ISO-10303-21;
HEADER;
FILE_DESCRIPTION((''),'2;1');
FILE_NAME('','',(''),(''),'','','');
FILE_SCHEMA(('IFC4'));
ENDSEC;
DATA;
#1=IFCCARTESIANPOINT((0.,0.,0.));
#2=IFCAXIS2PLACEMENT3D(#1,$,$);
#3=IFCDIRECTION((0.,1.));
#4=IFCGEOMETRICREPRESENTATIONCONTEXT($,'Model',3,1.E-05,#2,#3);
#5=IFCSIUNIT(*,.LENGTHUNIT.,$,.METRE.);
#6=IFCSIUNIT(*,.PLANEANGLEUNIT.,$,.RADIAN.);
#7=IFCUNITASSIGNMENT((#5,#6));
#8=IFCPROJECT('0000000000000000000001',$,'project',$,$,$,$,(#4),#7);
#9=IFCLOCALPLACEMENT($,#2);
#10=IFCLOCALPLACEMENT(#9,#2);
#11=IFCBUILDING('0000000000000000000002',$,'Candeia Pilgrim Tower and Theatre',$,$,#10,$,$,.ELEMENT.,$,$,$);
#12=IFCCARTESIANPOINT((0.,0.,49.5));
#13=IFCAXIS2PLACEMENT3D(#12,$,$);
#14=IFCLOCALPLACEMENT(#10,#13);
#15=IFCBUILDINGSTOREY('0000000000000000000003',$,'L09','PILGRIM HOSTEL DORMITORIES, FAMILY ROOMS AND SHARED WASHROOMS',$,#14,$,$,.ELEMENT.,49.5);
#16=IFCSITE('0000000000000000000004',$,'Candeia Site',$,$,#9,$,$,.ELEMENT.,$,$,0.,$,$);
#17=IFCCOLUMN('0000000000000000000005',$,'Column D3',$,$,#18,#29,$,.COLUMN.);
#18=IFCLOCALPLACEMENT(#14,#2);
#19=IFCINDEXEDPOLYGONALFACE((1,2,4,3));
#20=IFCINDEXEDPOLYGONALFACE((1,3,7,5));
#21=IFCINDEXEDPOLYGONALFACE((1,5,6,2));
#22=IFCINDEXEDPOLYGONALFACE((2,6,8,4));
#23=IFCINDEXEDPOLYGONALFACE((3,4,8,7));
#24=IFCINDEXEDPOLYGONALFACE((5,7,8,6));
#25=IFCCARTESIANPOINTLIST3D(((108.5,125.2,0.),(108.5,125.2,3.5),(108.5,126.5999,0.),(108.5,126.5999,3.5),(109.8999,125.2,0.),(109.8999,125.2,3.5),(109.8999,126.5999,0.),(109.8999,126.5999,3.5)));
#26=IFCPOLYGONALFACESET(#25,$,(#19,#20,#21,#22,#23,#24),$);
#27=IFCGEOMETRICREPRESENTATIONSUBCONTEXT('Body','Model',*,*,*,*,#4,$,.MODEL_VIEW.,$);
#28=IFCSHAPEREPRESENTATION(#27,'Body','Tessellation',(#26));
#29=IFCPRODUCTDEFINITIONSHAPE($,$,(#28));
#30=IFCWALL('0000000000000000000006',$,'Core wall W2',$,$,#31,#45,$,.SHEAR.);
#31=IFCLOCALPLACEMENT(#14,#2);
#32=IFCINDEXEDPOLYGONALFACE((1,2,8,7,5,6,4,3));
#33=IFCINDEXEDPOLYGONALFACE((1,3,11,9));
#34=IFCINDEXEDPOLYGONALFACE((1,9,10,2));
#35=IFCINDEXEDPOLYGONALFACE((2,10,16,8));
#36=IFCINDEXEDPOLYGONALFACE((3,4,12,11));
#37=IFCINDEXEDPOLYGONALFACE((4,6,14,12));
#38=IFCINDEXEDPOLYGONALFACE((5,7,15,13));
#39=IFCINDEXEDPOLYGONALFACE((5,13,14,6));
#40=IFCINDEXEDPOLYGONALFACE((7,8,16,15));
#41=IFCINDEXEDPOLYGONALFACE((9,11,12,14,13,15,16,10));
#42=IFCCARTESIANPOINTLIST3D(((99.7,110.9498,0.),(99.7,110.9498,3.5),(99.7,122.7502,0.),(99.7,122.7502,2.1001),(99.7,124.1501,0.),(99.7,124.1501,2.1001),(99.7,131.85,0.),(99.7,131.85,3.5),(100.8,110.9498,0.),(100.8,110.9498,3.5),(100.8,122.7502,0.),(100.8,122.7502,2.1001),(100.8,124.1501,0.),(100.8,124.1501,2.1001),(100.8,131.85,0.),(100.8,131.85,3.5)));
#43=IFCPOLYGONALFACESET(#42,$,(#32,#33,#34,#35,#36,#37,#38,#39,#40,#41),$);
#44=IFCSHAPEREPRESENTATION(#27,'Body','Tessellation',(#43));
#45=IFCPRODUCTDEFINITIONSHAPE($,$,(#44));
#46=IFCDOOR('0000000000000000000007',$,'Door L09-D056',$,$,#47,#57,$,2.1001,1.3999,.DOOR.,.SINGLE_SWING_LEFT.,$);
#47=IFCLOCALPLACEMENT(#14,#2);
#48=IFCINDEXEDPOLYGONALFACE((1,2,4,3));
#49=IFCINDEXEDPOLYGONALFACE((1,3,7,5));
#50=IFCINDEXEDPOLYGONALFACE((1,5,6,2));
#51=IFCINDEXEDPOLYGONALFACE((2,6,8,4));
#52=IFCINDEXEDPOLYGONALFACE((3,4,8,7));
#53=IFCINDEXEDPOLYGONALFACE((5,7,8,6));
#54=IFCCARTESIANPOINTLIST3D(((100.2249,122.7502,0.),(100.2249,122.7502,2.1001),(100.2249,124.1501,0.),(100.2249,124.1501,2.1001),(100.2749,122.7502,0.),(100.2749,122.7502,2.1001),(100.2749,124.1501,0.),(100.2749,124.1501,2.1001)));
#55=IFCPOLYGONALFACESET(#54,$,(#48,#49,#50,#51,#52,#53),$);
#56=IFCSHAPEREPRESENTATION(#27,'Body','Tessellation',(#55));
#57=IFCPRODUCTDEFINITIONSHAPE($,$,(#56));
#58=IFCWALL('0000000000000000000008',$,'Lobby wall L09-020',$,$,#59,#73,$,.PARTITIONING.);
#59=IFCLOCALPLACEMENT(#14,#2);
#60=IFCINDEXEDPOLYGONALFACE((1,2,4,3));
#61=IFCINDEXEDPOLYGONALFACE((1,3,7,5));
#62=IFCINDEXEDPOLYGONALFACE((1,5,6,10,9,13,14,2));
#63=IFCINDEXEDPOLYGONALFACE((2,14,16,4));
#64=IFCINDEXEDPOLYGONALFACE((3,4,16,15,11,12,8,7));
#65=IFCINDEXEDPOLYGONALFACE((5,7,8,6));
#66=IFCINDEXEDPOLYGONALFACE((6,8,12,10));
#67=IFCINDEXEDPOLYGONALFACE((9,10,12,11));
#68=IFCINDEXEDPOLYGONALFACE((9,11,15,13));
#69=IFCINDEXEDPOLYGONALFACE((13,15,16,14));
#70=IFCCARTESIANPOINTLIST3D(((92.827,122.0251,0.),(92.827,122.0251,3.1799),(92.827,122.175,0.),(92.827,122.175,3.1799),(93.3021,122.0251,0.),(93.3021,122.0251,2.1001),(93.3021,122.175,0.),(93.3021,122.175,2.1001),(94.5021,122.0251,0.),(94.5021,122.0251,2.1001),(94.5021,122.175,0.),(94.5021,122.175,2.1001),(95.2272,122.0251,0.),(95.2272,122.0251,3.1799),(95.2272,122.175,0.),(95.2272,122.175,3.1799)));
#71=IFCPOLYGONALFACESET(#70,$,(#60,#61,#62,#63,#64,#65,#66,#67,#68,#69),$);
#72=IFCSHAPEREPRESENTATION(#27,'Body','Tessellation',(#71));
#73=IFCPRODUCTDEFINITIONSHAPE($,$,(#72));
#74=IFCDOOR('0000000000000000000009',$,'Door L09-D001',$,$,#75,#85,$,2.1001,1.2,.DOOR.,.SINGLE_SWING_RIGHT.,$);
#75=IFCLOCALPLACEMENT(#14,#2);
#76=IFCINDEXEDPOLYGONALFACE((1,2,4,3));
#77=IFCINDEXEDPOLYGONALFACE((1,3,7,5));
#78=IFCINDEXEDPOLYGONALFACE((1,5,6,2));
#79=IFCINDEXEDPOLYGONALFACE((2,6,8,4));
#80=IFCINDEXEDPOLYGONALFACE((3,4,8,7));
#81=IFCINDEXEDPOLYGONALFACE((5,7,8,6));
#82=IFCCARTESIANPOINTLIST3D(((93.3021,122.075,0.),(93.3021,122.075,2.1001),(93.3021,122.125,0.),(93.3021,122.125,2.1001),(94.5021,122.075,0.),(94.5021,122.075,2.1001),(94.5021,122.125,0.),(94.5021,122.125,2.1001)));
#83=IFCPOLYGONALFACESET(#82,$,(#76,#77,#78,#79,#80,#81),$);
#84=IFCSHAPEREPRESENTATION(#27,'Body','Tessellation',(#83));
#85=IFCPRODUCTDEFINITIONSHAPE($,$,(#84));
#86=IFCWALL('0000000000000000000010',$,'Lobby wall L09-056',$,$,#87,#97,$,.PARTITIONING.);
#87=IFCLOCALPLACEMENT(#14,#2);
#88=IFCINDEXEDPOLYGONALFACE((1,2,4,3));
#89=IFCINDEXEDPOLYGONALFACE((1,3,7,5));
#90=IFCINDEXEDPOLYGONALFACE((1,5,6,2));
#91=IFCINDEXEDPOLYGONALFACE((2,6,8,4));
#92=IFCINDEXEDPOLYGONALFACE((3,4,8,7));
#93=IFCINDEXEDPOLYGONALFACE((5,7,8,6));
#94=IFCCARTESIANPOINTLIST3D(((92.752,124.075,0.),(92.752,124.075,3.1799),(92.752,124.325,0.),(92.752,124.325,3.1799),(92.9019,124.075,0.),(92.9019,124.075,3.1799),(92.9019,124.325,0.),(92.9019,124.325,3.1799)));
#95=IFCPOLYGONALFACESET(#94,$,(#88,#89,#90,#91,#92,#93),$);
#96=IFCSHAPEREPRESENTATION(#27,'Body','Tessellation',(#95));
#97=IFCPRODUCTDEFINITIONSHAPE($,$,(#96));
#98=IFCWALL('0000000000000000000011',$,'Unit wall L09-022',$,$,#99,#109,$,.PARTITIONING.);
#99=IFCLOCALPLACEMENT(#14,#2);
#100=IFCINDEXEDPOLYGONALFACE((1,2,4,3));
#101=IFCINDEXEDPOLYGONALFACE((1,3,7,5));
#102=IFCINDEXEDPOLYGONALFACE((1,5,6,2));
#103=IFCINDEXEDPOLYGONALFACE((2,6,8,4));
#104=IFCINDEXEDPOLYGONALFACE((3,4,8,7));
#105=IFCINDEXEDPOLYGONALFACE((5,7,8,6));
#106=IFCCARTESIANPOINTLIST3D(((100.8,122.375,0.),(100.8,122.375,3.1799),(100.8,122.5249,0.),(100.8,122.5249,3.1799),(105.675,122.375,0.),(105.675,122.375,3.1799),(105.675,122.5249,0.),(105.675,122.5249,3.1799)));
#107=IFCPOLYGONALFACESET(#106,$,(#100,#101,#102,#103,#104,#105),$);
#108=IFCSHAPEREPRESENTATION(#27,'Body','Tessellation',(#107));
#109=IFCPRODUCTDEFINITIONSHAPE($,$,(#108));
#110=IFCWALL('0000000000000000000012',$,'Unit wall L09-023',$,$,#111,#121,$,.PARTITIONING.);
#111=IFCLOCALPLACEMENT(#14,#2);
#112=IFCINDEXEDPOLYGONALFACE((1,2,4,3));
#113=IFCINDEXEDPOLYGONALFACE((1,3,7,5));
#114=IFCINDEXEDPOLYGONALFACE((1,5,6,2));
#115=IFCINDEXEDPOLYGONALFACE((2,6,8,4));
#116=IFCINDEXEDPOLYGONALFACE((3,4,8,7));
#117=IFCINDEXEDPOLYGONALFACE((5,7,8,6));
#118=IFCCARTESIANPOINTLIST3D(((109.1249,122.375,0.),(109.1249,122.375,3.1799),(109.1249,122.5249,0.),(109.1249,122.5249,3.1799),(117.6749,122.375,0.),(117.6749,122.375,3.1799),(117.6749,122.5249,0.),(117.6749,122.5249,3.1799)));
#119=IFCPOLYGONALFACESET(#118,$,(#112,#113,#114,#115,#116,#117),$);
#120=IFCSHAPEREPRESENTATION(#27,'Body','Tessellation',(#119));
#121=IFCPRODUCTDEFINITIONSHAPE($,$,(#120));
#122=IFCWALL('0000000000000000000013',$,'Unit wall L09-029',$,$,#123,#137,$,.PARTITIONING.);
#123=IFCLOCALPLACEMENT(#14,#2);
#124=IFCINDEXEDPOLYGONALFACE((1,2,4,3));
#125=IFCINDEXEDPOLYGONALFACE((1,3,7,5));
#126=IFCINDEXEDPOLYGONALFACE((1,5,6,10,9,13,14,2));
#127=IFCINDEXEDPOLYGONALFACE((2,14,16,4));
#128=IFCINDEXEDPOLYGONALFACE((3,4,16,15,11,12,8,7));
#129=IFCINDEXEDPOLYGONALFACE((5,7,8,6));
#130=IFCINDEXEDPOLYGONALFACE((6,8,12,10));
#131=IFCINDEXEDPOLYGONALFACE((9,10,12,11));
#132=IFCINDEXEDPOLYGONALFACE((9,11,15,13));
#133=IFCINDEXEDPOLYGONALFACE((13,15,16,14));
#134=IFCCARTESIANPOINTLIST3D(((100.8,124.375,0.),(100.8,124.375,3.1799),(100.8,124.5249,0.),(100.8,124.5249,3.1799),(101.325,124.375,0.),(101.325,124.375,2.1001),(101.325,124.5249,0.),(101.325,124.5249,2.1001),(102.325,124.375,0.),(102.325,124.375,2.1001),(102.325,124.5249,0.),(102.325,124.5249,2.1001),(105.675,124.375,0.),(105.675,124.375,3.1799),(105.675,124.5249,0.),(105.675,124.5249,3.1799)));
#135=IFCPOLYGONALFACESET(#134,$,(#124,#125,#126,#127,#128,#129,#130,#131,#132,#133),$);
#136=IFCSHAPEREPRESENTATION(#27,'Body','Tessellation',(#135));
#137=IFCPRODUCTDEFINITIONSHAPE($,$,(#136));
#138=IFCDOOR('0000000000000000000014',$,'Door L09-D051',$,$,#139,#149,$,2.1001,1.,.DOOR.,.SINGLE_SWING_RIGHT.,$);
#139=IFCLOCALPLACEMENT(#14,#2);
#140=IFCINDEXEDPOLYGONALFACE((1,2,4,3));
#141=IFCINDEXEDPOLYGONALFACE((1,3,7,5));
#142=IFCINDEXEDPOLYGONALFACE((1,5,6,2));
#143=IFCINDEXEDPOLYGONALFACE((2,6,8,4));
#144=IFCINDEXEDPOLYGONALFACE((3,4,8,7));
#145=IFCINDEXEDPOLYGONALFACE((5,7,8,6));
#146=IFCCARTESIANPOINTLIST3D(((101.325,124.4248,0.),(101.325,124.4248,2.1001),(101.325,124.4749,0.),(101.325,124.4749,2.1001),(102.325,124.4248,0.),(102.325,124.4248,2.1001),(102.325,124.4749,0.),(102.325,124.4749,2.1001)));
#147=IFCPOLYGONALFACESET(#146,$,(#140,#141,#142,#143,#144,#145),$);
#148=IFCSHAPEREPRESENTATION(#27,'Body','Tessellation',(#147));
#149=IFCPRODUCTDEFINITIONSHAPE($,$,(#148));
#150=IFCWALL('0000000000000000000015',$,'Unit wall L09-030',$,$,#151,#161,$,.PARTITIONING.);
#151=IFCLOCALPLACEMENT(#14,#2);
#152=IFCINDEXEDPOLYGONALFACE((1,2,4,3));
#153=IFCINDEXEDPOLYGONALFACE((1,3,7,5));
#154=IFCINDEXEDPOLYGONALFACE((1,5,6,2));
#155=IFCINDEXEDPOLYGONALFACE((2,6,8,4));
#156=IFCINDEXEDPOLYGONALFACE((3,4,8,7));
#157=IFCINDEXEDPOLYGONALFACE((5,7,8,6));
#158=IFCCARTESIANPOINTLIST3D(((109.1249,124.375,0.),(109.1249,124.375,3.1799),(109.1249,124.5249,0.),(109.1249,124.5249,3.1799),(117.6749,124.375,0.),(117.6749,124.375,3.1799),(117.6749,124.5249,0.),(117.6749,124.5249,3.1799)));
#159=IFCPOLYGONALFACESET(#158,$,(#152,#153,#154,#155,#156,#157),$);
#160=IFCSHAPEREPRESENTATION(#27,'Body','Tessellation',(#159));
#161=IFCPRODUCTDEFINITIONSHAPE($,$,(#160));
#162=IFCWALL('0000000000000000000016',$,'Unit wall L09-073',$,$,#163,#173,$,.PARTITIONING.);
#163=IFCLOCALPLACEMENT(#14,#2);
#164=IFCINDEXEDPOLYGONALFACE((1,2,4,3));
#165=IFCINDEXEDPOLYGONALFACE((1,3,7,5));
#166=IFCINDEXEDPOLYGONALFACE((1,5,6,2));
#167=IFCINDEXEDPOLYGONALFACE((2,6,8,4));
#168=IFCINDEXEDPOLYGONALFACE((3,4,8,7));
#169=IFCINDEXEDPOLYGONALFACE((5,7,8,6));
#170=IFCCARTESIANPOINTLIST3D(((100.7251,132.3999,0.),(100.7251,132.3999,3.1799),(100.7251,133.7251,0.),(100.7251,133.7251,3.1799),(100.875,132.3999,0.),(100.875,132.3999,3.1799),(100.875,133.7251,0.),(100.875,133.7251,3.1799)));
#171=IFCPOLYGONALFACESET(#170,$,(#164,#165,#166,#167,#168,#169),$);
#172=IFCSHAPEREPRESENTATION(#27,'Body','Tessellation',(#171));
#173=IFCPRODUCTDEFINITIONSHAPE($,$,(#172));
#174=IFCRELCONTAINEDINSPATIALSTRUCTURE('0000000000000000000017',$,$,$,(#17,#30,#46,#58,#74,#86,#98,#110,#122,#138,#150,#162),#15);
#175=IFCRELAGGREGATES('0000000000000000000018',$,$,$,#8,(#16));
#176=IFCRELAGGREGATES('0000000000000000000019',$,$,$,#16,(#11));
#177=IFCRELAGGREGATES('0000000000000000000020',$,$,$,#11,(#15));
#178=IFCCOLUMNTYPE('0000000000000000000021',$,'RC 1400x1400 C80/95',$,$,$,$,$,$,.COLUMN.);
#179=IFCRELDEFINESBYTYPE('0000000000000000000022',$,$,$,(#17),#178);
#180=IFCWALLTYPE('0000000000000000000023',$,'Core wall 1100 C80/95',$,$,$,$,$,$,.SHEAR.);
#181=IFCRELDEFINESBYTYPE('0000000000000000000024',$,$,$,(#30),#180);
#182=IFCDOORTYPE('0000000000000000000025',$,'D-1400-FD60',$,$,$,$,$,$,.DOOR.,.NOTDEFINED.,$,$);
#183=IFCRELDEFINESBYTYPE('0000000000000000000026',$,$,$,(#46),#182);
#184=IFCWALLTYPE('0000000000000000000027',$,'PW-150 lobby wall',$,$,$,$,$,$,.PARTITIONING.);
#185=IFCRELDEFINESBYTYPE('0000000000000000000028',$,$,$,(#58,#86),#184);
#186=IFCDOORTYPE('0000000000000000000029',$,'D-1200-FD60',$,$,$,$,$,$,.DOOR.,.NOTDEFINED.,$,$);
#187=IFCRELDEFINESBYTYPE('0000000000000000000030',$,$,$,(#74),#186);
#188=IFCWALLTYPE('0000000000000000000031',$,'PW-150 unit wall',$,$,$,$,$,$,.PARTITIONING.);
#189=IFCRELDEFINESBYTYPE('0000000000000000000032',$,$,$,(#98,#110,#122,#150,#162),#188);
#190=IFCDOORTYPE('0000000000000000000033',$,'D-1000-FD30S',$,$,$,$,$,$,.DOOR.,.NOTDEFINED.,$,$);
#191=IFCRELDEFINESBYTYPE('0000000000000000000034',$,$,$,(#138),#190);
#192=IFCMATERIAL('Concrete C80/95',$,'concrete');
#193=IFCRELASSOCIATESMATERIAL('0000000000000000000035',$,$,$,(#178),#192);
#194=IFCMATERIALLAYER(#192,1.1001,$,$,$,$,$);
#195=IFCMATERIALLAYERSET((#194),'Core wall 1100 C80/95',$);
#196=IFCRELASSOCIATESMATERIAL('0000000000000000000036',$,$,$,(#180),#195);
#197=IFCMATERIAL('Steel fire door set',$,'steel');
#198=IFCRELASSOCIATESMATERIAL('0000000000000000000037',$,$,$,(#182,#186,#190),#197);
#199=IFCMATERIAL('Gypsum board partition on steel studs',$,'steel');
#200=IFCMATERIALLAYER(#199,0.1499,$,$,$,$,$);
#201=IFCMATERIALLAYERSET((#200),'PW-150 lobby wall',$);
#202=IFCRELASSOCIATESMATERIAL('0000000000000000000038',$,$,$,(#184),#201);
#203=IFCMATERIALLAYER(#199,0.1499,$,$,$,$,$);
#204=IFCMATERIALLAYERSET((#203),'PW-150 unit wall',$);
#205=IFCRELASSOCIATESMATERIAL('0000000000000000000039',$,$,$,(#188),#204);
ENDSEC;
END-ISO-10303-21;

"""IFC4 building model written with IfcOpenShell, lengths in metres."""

from ifc_helpers import new_model, si_unit, direction, frame, frame_2d, origin, origin_2d, place, context, subcontext, project, spatial, rectangle, extrude, material, layer, layer_set, material_profile, profile_set, type_object, element, fill, save


model = new_model("IFC4")

# Units and contexts
model_context = context("Model", 3, precision=1e-05, world=origin(), true_north=direction((0.0, 1.0)))
body_context = subcontext(model_context, "Body", "Model", "MODEL_VIEW")
ifc_project = project(units=[si_unit("LENGTHUNIT", "METRE"), si_unit("PLANEANGLEUNIT", "RADIAN")], contexts=[model_context])

# Site, building, storey
site_placement = place(None, origin())
site = spatial("IfcSite", under=ifc_project, at=site_placement, Name="Candeia Site", CompositionType="ELEMENT", RefElevation=0.0)
building_placement = place(site_placement, origin())
building = spatial("IfcBuilding", under=site, at=building_placement, Name="Candeia Pilgrim Tower and Theatre", CompositionType="ELEMENT")
storey_placement = place(building_placement, frame((0.0, 0.0, 49.5)))
storey = spatial("IfcBuildingStorey", under=building, at=storey_placement, Name="L09", Description="PILGRIM HOSTEL DORMITORIES, FAMILY ROOMS AND SHARED WASHROOMS", CompositionType="ELEMENT", Elevation=49.5)

# Column
ifc_material_1 = material(Name="Concrete C80/95", Category="concrete")
ifc_material_profile = material_profile(ifc_material_1, rectangle(XDim=1.3999, YDim=1.3999, at=origin_2d()))
ifc_profile_set = profile_set([ifc_material_profile], Name="Concrete C80/95")
column_type = type_object("IfcColumnType", Name="RC 1400x1400 C80/95", PredefinedType="COLUMN", material=ifc_profile_set)
column_placement = place(storey_placement, frame((109.2, 125.8999, 0.0), z_axis=(0.0, 0.0, 1.0), x_axis=(1.0, 0.0, 0.0)))
element("IfcColumn", 1, at=column_placement, inside=storey, type_object=column_type, Name="Column D3", PredefinedType="COLUMN", context=body_context, shape_type="SweptSolid", body=[
    extrude(rectangle(XDim=1.3999, YDim=1.3999, at=origin_2d()), origin(), (0.0, 0.0, 1.0), 3.5),
])

# Walls, openings, doors
ifc_layer_1 = layer(ifc_material_1, 1.1001)
ifc_layer_set_1 = layer_set([ifc_layer_1], Name="Core wall 1100 C80/95")
wall_type_1 = type_object("IfcWallType", Name="Core wall 1100 C80/95", PredefinedType="SHEAR", material=ifc_layer_set_1)
wall_1_placement = place(storey_placement, frame((100.25, 131.8501, 0.0), z_axis=(0.0, 0.0, 1.0), x_axis=(0.0, -1.0, 0.0)))
wall_1 = element("IfcWall", 2, at=wall_1_placement, inside=storey, type_object=wall_type_1, Name="Core wall W2", PredefinedType="SHEAR", context=body_context, shape_type="SweptSolid", body=[
    extrude(rectangle(XDim=20.9001, YDim=1.1001, at=frame_2d((10.4502, 0.0))), origin(), (0.0, 0.0, 1.0), 3.5),
])
opening_1_placement = place(wall_1_placement, frame((7.7, 0.0, 0.0)))
opening_1 = element("IfcOpeningElement", 3, at=opening_1_placement, cuts=wall_1, PredefinedType="OPENING", context=body_context, shape_type="SweptSolid", body=[
    extrude(rectangle(XDim=1.3999, YDim=2.1001, at=frame_2d((0.7, 1.05))), frame((0.0, 0.5601, 0.0), z_axis=(0.0, -1.0, 0.0), x_axis=(1.0, 0.0, 0.0)), (0.0, 0.0, 1.0), 1.1201),
])
ifc_material_2 = material(Name="Steel fire door set", Category="steel")
door_type_1 = type_object("IfcDoorType", Name="D-1400-FD60", OperationType="NOTDEFINED", PredefinedType="DOOR", material=ifc_material_2)
door_1_placement = place(opening_1_placement, origin())
door_1 = element("IfcDoor", 4, at=door_1_placement, inside=storey, type_object=door_type_1, Name="Door L09-D056", OperationType="SINGLE_SWING_LEFT", OverallHeight=2.1001, OverallWidth=1.3999, PredefinedType="DOOR", context=body_context, shape_type="SweptSolid", body=[
    extrude(rectangle(XDim=1.3999, YDim=2.1001, at=frame_2d((0.7, 1.05))), frame((0.0, 0.0249, 0.0), z_axis=(0.0, -1.0, 0.0), x_axis=(1.0, 0.0, 0.0)), (0.0, 0.0, 1.0), 0.05),
])
fill(opening_1, door_1)
ifc_material_3 = material(Name="Gypsum board partition on steel studs", Category="steel")
ifc_layer_2 = layer(ifc_material_3, 0.1499)
ifc_layer_set_2 = layer_set([ifc_layer_2], Name="PW-150 lobby wall")
wall_type_2 = type_object("IfcWallType", Name="PW-150 lobby wall", PredefinedType="PARTITIONING", material=ifc_layer_set_2)
wall_2_placement = place(storey_placement, frame((92.8269, 122.1001, 0.0), z_axis=(0.0, 0.0, 1.0), x_axis=(1.0, 0.0, 0.0)))
wall_2 = element("IfcWall", 5, at=wall_2_placement, inside=storey, type_object=wall_type_2, Name="Lobby wall L09-020", PredefinedType="PARTITIONING", context=body_context, shape_type="SweptSolid", body=[
    extrude(rectangle(XDim=2.4001, YDim=0.1499, at=frame_2d((1.2002, 0.0))), origin(), (0.0, 0.0, 1.0), 3.1799),
])
opening_2_placement = place(wall_2_placement, frame((0.4751, 0.0, 0.0)))
opening_2 = element("IfcOpeningElement", 6, at=opening_2_placement, cuts=wall_2, PredefinedType="OPENING", context=body_context, shape_type="SweptSolid", body=[
    extrude(rectangle(XDim=1.2, YDim=2.1001, at=frame_2d((0.6001, 1.05))), frame((0.0, 0.085, 0.0), z_axis=(0.0, -1.0, 0.0), x_axis=(1.0, 0.0, 0.0)), (0.0, 0.0, 1.0), 0.1699),
])
door_type_2 = type_object("IfcDoorType", Name="D-1200-FD60", OperationType="NOTDEFINED", PredefinedType="DOOR", material=ifc_material_2)
door_2_placement = place(opening_2_placement, origin())
door_2 = element("IfcDoor", 7, at=door_2_placement, inside=storey, type_object=door_type_2, Name="Door L09-D001", OperationType="SINGLE_SWING_RIGHT", OverallHeight=2.1001, OverallWidth=1.2, PredefinedType="DOOR", context=body_context, shape_type="SweptSolid", body=[
    extrude(rectangle(XDim=1.2, YDim=2.1001, at=frame_2d((0.6001, 1.05))), frame((0.0, 0.0249, 0.0), z_axis=(0.0, -1.0, 0.0), x_axis=(1.0, 0.0, 0.0)), (0.0, 0.0, 1.0), 0.05),
])
fill(opening_2, door_2)

# Walls
wall_3_placement = place(storey_placement, frame((92.8269, 124.075, 0.0), z_axis=(0.0, 0.0, 1.0), x_axis=(0.0, 1.0, 0.0)))
element("IfcWall", 8, at=wall_3_placement, inside=storey, type_object=wall_type_2, Name="Lobby wall L09-056", PredefinedType="PARTITIONING", context=body_context, shape_type="SweptSolid", body=[
    extrude(rectangle(XDim=0.25, YDim=0.1499, at=frame_2d((0.125, 0.0))), origin(), (0.0, 0.0, 1.0), 3.1799),
])
ifc_layer_3 = layer(ifc_material_3, 0.1499)
ifc_layer_set_3 = layer_set([ifc_layer_3], Name="PW-150 unit wall")
wall_type_3 = type_object("IfcWallType", Name="PW-150 unit wall", PredefinedType="PARTITIONING", material=ifc_layer_set_3)
wall_4_placement = place(storey_placement, frame((100.8, 122.45, 0.0), z_axis=(0.0, 0.0, 1.0), x_axis=(1.0, 0.0, 0.0)))
element("IfcWall", 9, at=wall_4_placement, inside=storey, type_object=wall_type_3, Name="Unit wall L09-022", PredefinedType="PARTITIONING", context=body_context, shape_type="SweptSolid", body=[
    extrude(rectangle(XDim=4.875, YDim=0.1499, at=frame_2d((2.4375, 0.0))), origin(), (0.0, 0.0, 1.0), 3.1799),
])
wall_5_placement = place(storey_placement, frame((109.125, 122.45, 0.0), z_axis=(0.0, 0.0, 1.0), x_axis=(1.0, 0.0, 0.0)))
element("IfcWall", 10, at=wall_5_placement, inside=storey, type_object=wall_type_3, Name="Unit wall L09-023", PredefinedType="PARTITIONING", context=body_context, shape_type="SweptSolid", body=[
    extrude(rectangle(XDim=8.55, YDim=0.1499, at=frame_2d((4.2749, 0.0))), origin(), (0.0, 0.0, 1.0), 3.1799),
])

# Wall, opening, door
wall_6_placement = place(storey_placement, frame((100.8, 124.45, 0.0), z_axis=(0.0, 0.0, 1.0), x_axis=(1.0, 0.0, 0.0)))
wall_6 = element("IfcWall", 11, at=wall_6_placement, inside=storey, type_object=wall_type_3, Name="Unit wall L09-029", PredefinedType="PARTITIONING", context=body_context, shape_type="SweptSolid", body=[
    extrude(rectangle(XDim=4.875, YDim=0.1499, at=frame_2d((2.4375, 0.0))), origin(), (0.0, 0.0, 1.0), 3.1799),
])
opening_3_placement = place(wall_6_placement, frame((0.5249, 0.0, 0.0)))
opening_3 = element("IfcOpeningElement", 12, at=opening_3_placement, cuts=wall_6, PredefinedType="OPENING", context=body_context, shape_type="SweptSolid", body=[
    extrude(rectangle(XDim=1.0, YDim=2.1001, at=frame_2d((0.5, 1.05))), frame((0.0, 0.085, 0.0), z_axis=(0.0, -1.0, 0.0), x_axis=(1.0, 0.0, 0.0)), (0.0, 0.0, 1.0), 0.1699),
])
door_type_3 = type_object("IfcDoorType", Name="D-1000-FD30S", OperationType="NOTDEFINED", PredefinedType="DOOR", material=ifc_material_2)
door_3_placement = place(opening_3_placement, origin())
door_3 = element("IfcDoor", 13, at=door_3_placement, inside=storey, type_object=door_type_3, Name="Door L09-D051", OperationType="SINGLE_SWING_RIGHT", OverallHeight=2.1001, OverallWidth=1.0, PredefinedType="DOOR", context=body_context, shape_type="SweptSolid", body=[
    extrude(rectangle(XDim=1.0, YDim=2.1001, at=frame_2d((0.5, 1.05))), frame((0.0, 0.0249, 0.0), z_axis=(0.0, -1.0, 0.0), x_axis=(1.0, 0.0, 0.0)), (0.0, 0.0, 1.0), 0.05),
])
fill(opening_3, door_3)

# Walls
wall_7_placement = place(storey_placement, frame((109.125, 124.45, 0.0), z_axis=(0.0, 0.0, 1.0), x_axis=(1.0, 0.0, 0.0)))
element("IfcWall", 14, at=wall_7_placement, inside=storey, type_object=wall_type_3, Name="Unit wall L09-030", PredefinedType="PARTITIONING", context=body_context, shape_type="SweptSolid", body=[
    extrude(rectangle(XDim=8.55, YDim=0.1499, at=frame_2d((4.2749, 0.0))), origin(), (0.0, 0.0, 1.0), 3.1799),
])
wall_8_placement = place(storey_placement, frame((100.8, 132.3999, 0.0), z_axis=(0.0, 0.0, 1.0), x_axis=(0.0, 1.0, 0.0)))
element("IfcWall", 15, at=wall_8_placement, inside=storey, type_object=wall_type_3, Name="Unit wall L09-073", PredefinedType="PARTITIONING", context=body_context, shape_type="SweptSolid", body=[
    extrude(rectangle(XDim=1.3252, YDim=0.1499, at=frame_2d((0.6626, 0.0))), origin(), (0.0, 0.0, 1.0), 3.1799),
])

save(model, "model.ifc")
